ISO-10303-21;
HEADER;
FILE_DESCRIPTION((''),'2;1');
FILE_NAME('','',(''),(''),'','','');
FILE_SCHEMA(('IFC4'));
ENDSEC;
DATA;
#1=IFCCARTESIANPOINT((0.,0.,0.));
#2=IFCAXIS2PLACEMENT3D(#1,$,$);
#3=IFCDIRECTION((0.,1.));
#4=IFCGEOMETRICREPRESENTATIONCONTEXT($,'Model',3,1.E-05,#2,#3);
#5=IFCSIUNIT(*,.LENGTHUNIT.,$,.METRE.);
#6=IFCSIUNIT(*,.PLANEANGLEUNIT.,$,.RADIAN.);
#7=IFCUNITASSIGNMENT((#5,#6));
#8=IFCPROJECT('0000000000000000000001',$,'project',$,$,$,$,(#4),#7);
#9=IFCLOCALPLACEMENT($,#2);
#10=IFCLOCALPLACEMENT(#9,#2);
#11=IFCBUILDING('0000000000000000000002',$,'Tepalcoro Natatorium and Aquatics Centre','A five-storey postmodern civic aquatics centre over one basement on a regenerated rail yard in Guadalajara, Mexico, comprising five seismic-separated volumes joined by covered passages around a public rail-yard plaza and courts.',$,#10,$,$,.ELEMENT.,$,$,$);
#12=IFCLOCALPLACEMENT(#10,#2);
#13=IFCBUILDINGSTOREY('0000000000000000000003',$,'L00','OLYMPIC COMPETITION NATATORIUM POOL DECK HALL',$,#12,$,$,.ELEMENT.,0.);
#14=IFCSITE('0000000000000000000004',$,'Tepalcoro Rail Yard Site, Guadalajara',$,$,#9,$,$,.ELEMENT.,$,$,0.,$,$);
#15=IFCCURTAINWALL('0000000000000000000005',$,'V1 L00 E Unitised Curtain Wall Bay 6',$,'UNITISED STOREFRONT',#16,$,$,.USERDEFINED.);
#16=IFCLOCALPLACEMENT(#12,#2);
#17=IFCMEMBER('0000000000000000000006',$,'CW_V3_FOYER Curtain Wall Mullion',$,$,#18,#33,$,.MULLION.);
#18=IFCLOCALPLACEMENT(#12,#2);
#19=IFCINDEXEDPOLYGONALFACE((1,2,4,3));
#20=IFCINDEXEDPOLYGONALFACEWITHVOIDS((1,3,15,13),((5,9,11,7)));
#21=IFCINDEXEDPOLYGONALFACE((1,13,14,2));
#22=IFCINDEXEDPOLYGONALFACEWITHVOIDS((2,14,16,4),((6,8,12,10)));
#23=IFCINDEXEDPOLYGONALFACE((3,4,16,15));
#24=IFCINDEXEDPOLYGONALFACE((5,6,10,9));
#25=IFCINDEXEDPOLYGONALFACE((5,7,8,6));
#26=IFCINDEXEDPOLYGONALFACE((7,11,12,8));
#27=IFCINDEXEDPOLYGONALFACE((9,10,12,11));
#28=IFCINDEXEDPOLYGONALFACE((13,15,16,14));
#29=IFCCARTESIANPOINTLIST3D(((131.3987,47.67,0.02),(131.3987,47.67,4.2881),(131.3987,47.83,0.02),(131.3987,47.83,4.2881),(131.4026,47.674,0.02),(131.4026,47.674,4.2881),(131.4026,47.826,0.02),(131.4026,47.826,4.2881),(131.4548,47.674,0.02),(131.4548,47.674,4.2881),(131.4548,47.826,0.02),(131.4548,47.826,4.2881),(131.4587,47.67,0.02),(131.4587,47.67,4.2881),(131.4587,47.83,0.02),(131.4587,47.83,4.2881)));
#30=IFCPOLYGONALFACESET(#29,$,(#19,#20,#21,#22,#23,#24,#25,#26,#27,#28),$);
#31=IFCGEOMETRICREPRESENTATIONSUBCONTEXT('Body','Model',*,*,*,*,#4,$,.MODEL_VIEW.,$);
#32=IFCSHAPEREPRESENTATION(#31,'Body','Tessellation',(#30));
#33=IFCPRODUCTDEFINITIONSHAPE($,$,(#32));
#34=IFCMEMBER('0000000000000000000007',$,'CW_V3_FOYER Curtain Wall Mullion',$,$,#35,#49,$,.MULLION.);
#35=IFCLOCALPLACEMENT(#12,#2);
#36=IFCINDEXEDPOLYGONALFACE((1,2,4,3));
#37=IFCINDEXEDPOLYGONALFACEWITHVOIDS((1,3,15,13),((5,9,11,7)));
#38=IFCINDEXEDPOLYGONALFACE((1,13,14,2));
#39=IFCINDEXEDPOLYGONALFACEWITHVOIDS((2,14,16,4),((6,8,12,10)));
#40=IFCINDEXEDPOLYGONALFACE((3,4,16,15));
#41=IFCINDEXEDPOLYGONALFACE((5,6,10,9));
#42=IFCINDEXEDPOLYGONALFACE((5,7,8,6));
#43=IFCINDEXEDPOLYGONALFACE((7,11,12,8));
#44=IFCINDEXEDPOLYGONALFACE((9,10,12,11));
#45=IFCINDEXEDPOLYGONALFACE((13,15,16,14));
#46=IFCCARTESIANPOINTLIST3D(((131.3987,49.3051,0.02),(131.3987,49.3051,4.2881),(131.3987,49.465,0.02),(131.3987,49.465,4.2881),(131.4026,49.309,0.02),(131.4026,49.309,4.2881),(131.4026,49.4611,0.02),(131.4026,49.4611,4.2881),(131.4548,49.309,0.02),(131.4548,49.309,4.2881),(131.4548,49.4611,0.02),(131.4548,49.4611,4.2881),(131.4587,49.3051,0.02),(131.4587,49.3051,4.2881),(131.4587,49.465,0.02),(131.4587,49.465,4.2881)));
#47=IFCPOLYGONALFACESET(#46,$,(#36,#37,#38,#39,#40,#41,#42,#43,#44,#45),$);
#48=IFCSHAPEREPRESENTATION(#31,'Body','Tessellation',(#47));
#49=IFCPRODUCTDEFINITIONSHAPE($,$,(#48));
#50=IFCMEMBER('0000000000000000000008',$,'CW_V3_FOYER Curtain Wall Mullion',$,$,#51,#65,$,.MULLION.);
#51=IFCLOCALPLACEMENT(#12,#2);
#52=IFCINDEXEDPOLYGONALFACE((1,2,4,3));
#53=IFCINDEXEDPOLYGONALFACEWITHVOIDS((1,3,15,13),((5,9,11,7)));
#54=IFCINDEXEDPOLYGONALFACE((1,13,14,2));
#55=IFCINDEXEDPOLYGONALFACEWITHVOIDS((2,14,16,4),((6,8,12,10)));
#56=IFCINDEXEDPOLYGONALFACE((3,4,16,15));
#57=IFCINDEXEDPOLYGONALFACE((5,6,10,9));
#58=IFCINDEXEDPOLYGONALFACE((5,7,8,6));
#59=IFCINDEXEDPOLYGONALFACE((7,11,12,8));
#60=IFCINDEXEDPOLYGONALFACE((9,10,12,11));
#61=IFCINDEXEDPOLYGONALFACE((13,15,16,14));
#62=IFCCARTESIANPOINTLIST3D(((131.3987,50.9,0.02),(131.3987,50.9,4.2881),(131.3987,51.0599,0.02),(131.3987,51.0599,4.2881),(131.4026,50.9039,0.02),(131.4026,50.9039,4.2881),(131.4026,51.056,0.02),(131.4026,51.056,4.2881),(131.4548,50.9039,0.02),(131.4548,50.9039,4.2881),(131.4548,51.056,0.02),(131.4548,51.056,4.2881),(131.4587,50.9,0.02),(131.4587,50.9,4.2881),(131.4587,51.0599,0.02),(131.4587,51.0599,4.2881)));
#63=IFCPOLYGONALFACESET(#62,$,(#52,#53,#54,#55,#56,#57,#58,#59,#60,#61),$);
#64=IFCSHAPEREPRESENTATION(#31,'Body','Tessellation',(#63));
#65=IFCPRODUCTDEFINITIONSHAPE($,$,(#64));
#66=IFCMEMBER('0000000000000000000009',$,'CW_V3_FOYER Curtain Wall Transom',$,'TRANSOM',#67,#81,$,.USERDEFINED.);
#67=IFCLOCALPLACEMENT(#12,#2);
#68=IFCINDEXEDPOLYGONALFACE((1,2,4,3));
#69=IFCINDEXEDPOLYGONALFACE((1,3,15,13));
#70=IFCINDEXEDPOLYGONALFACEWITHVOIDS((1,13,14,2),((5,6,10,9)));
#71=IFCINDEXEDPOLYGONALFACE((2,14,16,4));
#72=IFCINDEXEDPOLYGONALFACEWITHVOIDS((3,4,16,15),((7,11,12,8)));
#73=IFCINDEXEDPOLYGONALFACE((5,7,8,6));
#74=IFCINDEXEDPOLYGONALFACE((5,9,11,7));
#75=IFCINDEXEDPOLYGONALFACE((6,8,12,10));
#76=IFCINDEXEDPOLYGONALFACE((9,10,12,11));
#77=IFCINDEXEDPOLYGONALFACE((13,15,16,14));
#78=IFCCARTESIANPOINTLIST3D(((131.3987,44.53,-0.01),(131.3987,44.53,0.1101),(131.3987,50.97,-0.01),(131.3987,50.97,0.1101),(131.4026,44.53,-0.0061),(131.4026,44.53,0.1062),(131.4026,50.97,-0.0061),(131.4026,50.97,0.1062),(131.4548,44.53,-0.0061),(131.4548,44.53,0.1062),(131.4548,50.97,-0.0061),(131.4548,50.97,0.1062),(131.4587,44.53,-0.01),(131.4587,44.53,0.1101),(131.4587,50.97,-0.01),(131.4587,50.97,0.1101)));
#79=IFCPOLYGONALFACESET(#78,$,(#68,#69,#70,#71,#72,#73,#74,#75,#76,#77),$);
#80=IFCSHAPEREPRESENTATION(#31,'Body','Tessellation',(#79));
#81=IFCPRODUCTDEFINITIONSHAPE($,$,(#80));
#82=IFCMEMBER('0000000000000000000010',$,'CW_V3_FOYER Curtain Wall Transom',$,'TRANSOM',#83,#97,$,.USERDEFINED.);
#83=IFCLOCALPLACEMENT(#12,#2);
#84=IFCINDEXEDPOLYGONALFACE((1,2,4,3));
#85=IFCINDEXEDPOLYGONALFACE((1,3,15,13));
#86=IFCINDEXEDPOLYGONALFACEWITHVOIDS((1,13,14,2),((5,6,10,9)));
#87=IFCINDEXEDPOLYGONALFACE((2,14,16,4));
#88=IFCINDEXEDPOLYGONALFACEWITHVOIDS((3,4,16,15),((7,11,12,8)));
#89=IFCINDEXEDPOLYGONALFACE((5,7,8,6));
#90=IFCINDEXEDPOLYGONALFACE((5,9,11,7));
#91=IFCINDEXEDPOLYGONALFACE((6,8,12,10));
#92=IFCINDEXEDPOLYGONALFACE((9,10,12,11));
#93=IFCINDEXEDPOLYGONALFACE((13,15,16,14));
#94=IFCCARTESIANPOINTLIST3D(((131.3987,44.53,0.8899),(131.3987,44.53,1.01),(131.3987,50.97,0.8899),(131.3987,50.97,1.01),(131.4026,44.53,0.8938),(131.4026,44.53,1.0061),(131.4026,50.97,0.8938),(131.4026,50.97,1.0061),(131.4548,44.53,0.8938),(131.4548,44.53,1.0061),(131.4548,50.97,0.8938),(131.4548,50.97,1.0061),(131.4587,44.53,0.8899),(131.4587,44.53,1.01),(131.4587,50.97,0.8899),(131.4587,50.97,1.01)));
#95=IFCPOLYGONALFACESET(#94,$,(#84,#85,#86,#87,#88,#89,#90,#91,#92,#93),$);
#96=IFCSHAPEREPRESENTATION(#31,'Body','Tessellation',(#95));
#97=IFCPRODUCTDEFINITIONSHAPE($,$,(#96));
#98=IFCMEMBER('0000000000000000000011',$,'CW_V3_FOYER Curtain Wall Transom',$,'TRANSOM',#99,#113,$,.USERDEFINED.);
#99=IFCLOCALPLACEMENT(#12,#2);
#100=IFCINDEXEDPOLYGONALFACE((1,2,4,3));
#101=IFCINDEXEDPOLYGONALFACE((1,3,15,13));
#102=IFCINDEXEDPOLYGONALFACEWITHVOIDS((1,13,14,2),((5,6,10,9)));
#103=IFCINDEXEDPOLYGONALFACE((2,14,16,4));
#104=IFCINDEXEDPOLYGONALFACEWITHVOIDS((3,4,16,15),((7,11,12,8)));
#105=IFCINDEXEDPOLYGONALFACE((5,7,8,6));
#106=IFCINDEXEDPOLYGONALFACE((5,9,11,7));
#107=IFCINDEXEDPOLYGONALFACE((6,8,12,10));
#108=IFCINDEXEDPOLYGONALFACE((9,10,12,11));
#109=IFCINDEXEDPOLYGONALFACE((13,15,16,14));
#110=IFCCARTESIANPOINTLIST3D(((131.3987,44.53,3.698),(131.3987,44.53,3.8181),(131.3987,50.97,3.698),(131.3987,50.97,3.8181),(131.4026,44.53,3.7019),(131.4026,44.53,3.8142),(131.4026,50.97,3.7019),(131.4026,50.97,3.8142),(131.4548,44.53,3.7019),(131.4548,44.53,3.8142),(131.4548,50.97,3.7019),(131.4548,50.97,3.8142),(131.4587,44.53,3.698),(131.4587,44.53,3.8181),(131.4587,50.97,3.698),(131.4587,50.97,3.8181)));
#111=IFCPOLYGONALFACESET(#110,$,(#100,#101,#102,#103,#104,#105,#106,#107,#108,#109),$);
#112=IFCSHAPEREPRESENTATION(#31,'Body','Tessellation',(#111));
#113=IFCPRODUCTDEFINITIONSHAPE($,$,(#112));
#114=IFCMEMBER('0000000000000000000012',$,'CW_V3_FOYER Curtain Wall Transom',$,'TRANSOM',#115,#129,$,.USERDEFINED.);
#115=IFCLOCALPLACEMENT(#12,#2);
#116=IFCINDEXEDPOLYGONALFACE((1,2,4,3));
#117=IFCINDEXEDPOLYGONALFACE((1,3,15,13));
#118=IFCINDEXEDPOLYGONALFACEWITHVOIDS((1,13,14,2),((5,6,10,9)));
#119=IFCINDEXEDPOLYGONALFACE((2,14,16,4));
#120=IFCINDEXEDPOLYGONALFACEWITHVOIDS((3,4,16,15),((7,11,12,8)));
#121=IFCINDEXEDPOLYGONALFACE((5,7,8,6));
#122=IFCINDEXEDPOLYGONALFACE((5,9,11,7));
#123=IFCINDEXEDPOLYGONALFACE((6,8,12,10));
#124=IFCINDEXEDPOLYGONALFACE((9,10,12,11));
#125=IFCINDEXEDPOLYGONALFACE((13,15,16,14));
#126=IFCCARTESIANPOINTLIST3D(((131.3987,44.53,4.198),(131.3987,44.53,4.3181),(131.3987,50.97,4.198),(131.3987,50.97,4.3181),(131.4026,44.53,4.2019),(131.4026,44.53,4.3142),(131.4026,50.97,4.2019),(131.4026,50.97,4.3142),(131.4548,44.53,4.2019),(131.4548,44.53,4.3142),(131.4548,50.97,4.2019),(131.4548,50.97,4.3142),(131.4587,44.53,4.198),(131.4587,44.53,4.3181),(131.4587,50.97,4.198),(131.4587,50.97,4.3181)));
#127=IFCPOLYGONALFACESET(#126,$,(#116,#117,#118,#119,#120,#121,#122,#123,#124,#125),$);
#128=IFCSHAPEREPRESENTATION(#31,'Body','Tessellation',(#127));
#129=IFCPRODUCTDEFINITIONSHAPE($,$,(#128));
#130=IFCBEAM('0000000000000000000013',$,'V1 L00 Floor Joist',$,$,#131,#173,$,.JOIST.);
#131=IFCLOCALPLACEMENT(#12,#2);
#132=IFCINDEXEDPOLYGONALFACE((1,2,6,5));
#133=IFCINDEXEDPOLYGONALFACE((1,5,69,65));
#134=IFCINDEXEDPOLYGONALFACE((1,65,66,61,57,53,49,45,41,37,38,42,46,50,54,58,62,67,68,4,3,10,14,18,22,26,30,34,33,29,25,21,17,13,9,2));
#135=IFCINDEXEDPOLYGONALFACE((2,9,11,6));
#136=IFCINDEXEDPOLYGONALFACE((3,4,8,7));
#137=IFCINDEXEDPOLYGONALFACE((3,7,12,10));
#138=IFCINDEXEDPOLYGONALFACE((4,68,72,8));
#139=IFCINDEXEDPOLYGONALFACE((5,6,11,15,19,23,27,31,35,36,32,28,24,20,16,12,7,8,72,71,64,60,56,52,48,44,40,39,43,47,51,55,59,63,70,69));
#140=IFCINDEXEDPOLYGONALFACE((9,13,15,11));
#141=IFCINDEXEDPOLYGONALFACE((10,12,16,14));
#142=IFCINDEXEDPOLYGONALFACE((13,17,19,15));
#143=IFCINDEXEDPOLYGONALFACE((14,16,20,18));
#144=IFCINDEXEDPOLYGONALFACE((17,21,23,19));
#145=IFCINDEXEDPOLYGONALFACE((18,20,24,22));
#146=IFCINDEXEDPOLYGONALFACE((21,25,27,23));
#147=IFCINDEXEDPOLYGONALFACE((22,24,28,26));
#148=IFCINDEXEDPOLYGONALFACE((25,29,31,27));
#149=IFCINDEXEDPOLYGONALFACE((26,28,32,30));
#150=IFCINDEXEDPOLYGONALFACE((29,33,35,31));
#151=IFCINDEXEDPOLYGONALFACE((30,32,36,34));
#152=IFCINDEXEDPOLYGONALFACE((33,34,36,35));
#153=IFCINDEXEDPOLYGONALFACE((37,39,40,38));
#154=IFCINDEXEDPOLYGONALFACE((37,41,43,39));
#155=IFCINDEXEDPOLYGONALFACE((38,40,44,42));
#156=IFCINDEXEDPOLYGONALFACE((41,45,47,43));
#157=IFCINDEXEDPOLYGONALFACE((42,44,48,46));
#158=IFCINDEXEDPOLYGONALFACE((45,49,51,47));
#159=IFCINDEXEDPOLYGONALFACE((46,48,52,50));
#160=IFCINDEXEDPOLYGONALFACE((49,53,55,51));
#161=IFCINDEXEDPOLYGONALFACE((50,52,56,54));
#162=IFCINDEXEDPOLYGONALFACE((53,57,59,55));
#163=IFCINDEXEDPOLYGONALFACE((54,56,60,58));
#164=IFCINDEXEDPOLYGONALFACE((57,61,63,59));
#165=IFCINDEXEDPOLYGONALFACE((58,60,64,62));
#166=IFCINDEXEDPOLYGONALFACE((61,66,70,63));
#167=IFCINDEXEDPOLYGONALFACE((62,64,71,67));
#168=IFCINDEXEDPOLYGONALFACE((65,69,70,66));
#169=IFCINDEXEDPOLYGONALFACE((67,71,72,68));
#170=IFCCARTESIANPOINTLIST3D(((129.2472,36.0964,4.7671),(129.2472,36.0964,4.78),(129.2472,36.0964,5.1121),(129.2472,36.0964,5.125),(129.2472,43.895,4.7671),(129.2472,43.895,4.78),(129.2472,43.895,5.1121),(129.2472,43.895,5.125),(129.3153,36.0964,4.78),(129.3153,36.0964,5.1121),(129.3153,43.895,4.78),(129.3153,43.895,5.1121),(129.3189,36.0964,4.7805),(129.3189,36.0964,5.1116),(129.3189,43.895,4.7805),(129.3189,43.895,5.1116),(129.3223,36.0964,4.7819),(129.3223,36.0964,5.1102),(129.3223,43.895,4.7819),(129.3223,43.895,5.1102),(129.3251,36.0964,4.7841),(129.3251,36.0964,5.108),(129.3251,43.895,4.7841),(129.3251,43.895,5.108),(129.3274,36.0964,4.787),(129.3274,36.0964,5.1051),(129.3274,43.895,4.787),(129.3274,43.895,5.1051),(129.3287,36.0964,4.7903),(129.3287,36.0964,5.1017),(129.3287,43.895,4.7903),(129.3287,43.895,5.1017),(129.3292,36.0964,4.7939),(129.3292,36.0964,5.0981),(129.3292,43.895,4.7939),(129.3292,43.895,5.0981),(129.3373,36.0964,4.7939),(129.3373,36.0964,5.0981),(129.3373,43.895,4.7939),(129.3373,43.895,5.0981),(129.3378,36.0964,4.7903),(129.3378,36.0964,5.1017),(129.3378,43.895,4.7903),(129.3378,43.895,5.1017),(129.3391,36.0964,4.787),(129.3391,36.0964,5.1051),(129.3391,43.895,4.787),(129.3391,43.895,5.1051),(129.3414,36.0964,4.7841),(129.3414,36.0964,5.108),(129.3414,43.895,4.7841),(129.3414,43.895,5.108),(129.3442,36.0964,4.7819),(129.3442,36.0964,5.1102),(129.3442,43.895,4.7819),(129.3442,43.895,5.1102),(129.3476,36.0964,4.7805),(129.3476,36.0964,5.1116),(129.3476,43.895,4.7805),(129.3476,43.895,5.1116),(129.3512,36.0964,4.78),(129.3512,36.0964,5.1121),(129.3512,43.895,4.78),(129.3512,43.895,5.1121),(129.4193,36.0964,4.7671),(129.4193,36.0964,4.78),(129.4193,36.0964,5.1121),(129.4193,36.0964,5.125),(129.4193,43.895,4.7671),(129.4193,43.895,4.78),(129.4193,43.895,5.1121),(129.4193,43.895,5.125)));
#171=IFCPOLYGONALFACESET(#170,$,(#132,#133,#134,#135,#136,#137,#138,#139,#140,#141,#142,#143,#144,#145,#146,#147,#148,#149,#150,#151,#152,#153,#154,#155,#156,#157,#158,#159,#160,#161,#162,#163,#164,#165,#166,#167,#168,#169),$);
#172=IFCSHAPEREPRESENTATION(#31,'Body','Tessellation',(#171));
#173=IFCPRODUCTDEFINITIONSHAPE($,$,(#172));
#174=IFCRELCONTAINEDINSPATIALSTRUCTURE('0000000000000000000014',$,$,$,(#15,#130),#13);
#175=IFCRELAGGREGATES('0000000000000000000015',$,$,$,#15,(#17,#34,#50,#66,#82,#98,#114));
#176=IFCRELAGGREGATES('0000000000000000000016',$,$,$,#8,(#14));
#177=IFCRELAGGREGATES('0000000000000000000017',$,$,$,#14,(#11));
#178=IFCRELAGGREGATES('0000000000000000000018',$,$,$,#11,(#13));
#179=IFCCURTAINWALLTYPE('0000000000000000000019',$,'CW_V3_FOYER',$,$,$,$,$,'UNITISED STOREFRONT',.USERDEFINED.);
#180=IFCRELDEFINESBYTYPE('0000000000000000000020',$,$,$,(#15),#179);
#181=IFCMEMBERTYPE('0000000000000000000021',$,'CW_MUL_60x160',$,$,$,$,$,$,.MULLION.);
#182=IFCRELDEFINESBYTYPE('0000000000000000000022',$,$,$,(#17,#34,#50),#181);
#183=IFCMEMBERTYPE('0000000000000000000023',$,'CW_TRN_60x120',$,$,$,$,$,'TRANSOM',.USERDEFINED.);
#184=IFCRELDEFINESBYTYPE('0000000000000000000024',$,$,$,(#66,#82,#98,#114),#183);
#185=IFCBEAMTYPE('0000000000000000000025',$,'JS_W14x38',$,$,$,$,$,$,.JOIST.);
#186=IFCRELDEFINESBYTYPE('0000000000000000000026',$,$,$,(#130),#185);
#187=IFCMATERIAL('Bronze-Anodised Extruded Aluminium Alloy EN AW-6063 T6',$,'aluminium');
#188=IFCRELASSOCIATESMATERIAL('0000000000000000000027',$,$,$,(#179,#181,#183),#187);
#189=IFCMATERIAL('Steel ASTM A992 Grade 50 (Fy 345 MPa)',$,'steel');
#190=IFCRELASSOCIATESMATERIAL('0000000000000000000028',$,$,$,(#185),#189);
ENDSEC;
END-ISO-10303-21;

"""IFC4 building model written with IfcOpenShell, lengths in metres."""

from ifc_helpers import new_model, si_unit, direction, frame, origin, origin_2d, place, context, subcontext, project, spatial, hollow_rectangle, i_section, extrude, material, material_profile, profile_set, type_object, element, aggregate, save


model = new_model("IFC4")

# Units and contexts
model_context = context("Model", 3, precision=1e-05, world=origin(), true_north=direction((0.0, 1.0)))
body_context = subcontext(model_context, "Body", "Model", "MODEL_VIEW")
ifc_project = project(units=[si_unit("LENGTHUNIT", "METRE"), si_unit("PLANEANGLEUNIT", "RADIAN")], contexts=[model_context])

# Site, building, storey
site_placement = place(None, origin())
site = spatial("IfcSite", under=ifc_project, at=site_placement, Name="Tepalcoro Rail Yard Site, Guadalajara", CompositionType="ELEMENT", RefElevation=0.0)
building_placement = place(site_placement, origin())
building = spatial("IfcBuilding", under=site, at=building_placement, Name="Tepalcoro Natatorium and Aquatics Centre", Description="A five-storey postmodern civic aquatics centre over one basement on a regenerated rail yard in Guadalajara, Mexico, comprising five seismic-separated volumes joined by covered passages around a public rail-yard plaza and courts.", CompositionType="ELEMENT")
storey_placement = place(building_placement, origin())
storey = spatial("IfcBuildingStorey", under=building, at=storey_placement, Name="L00", Description="OLYMPIC COMPETITION NATATORIUM POOL DECK HALL", CompositionType="ELEMENT", Elevation=0.0)

# Shared definitions
ifc_material_1 = material(Name="Steel ASTM A992 Grade 50 (Fy 345 MPa)", Category="steel")

# Curtain wall, members
ifc_material_2 = material(Name="Bronze-Anodised Extruded Aluminium Alloy EN AW-6063 T6", Category="aluminium")
curtain_wall_type = type_object("IfcCurtainWallType", Name="CW_V3_FOYER", ElementType="UNITISED STOREFRONT", PredefinedType="USERDEFINED", material=ifc_material_2)
curtain_wall_placement = place(storey_placement, origin())
curtain_wall = element("IfcCurtainWall", 1, at=curtain_wall_placement, inside=storey, type_object=curtain_wall_type, Name="V1 L00 E Unitised Curtain Wall Bay 6", ObjectType="UNITISED STOREFRONT", PredefinedType="USERDEFINED")
ifc_material_profile_1 = material_profile(ifc_material_2, hollow_rectangle(XDim=0.0601, YDim=0.1599, WallThickness=0.0039, at=origin_2d()), Name="AL60X160X4")
ifc_profile_set_1 = profile_set([ifc_material_profile_1], Name="Bronze-Anodised Extruded Aluminium Alloy EN AW-6063 T6")
member_type_1 = type_object("IfcMemberType", Name="CW_MUL_60x160", PredefinedType="MULLION", material=ifc_profile_set_1)
member_1_placement = place(storey_placement, frame((131.4287, 47.75, 0.02), z_axis=(0.0, 0.0, 1.0), x_axis=(1.0, 0.0, 0.0)))
member_1 = element("IfcMember", 2, at=member_1_placement, type_object=member_type_1, Name="CW_V3_FOYER Curtain Wall Mullion", PredefinedType="MULLION", context=body_context, shape_type="SweptSolid", body=[
    extrude(hollow_rectangle(XDim=0.0601, YDim=0.1599, WallThickness=0.0039, at=origin_2d()), origin(), (0.0, 0.0, 1.0), 4.2681),
])
member_2_placement = place(storey_placement, frame((131.4287, 49.385, 0.02), z_axis=(0.0, 0.0, 1.0), x_axis=(1.0, 0.0, 0.0)))
member_2 = element("IfcMember", 3, at=member_2_placement, type_object=member_type_1, Name="CW_V3_FOYER Curtain Wall Mullion", PredefinedType="MULLION", context=body_context, shape_type="SweptSolid", body=[
    extrude(hollow_rectangle(XDim=0.0601, YDim=0.1599, WallThickness=0.0039, at=origin_2d()), origin(), (0.0, 0.0, 1.0), 4.2681),
])
member_3_placement = place(storey_placement, frame((131.4287, 50.98, 0.02), z_axis=(0.0, 0.0, 1.0), x_axis=(1.0, 0.0, 0.0)))
member_3 = element("IfcMember", 4, at=member_3_placement, type_object=member_type_1, Name="CW_V3_FOYER Curtain Wall Mullion", PredefinedType="MULLION", context=body_context, shape_type="SweptSolid", body=[
    extrude(hollow_rectangle(XDim=0.0601, YDim=0.1599, WallThickness=0.0039, at=origin_2d()), origin(), (0.0, 0.0, 1.0), 4.2681),
])
ifc_material_profile_2 = material_profile(ifc_material_2, hollow_rectangle(XDim=0.0601, YDim=0.1201, WallThickness=0.0039, at=origin_2d()), Name="AL60X120X4")
ifc_profile_set_2 = profile_set([ifc_material_profile_2], Name="Bronze-Anodised Extruded Aluminium Alloy EN AW-6063 T6")
member_type_2 = type_object("IfcMemberType", Name="CW_TRN_60x120", ElementType="TRANSOM", PredefinedType="USERDEFINED", material=ifc_profile_set_2)
member_4_placement = place(storey_placement, frame((131.4287, 44.53, 0.05), z_axis=(0.0, 1.0, 0.0), x_axis=(-1.0, 0.0, 0.0)))
member_4 = element("IfcMember", 5, at=member_4_placement, type_object=member_type_2, Name="CW_V3_FOYER Curtain Wall Transom", ObjectType="TRANSOM", PredefinedType="USERDEFINED", context=body_context, shape_type="SweptSolid", body=[
    extrude(hollow_rectangle(XDim=0.0601, YDim=0.1201, WallThickness=0.0039, at=origin_2d()), origin(), (0.0, 0.0, 1.0), 6.4399),
])
member_5_placement = place(storey_placement, frame((131.4287, 44.53, 0.95), z_axis=(0.0, 1.0, 0.0), x_axis=(-1.0, 0.0, 0.0)))
member_5 = element("IfcMember", 6, at=member_5_placement, type_object=member_type_2, Name="CW_V3_FOYER Curtain Wall Transom", ObjectType="TRANSOM", PredefinedType="USERDEFINED", context=body_context, shape_type="SweptSolid", body=[
    extrude(hollow_rectangle(XDim=0.0601, YDim=0.1201, WallThickness=0.0039, at=origin_2d()), origin(), (0.0, 0.0, 1.0), 6.4399),
])
member_6_placement = place(storey_placement, frame((131.4287, 44.53, 3.7581), z_axis=(0.0, 1.0, 0.0), x_axis=(-1.0, 0.0, 0.0)))
member_6 = element("IfcMember", 7, at=member_6_placement, type_object=member_type_2, Name="CW_V3_FOYER Curtain Wall Transom", ObjectType="TRANSOM", PredefinedType="USERDEFINED", context=body_context, shape_type="SweptSolid", body=[
    extrude(hollow_rectangle(XDim=0.0601, YDim=0.1201, WallThickness=0.0039, at=origin_2d()), origin(), (0.0, 0.0, 1.0), 6.4399),
])
member_7_placement = place(storey_placement, frame((131.4287, 44.53, 4.2581), z_axis=(0.0, 1.0, 0.0), x_axis=(-1.0, 0.0, 0.0)))
member_7 = element("IfcMember", 8, at=member_7_placement, type_object=member_type_2, Name="CW_V3_FOYER Curtain Wall Transom", ObjectType="TRANSOM", PredefinedType="USERDEFINED", context=body_context, shape_type="SweptSolid", body=[
    extrude(hollow_rectangle(XDim=0.0601, YDim=0.1201, WallThickness=0.0039, at=origin_2d()), origin(), (0.0, 0.0, 1.0), 6.4399),
])

# Beam
ifc_material_profile_3 = material_profile(ifc_material_1, i_section(OverallWidth=0.1721, OverallDepth=0.3579, WebThickness=0.0081, FlangeThickness=0.0129, FilletRadius=0.0139, at=origin_2d()), Name="W14X38")
ifc_profile_set_3 = profile_set([ifc_material_profile_3], Name="Steel ASTM A992 Grade 50 (Fy 345 MPa)")
beam_type_1 = type_object("IfcBeamType", Name="JS_W14x38", PredefinedType="JOIST", material=ifc_profile_set_3)
beam_1_placement = place(storey_placement, frame((129.3333, 36.0964, 4.946), z_axis=(0.0, 1.0, 0.0), x_axis=(-1.0, 0.0, 0.0)))
element("IfcBeam", 9, at=beam_1_placement, inside=storey, type_object=beam_type_1, Name="V1 L00 Floor Joist", PredefinedType="JOIST", context=body_context, shape_type="SweptSolid", body=[
    extrude(i_section(OverallWidth=0.1721, OverallDepth=0.3579, WebThickness=0.0081, FlangeThickness=0.0129, FilletRadius=0.0139, at=origin_2d()), origin(), (0.0, 0.0, 1.0), 7.7986),
])

aggregate(curtain_wall, [member_1, member_2, member_3, member_4, member_5, member_6, member_7])

save(model, "model.ifc")
